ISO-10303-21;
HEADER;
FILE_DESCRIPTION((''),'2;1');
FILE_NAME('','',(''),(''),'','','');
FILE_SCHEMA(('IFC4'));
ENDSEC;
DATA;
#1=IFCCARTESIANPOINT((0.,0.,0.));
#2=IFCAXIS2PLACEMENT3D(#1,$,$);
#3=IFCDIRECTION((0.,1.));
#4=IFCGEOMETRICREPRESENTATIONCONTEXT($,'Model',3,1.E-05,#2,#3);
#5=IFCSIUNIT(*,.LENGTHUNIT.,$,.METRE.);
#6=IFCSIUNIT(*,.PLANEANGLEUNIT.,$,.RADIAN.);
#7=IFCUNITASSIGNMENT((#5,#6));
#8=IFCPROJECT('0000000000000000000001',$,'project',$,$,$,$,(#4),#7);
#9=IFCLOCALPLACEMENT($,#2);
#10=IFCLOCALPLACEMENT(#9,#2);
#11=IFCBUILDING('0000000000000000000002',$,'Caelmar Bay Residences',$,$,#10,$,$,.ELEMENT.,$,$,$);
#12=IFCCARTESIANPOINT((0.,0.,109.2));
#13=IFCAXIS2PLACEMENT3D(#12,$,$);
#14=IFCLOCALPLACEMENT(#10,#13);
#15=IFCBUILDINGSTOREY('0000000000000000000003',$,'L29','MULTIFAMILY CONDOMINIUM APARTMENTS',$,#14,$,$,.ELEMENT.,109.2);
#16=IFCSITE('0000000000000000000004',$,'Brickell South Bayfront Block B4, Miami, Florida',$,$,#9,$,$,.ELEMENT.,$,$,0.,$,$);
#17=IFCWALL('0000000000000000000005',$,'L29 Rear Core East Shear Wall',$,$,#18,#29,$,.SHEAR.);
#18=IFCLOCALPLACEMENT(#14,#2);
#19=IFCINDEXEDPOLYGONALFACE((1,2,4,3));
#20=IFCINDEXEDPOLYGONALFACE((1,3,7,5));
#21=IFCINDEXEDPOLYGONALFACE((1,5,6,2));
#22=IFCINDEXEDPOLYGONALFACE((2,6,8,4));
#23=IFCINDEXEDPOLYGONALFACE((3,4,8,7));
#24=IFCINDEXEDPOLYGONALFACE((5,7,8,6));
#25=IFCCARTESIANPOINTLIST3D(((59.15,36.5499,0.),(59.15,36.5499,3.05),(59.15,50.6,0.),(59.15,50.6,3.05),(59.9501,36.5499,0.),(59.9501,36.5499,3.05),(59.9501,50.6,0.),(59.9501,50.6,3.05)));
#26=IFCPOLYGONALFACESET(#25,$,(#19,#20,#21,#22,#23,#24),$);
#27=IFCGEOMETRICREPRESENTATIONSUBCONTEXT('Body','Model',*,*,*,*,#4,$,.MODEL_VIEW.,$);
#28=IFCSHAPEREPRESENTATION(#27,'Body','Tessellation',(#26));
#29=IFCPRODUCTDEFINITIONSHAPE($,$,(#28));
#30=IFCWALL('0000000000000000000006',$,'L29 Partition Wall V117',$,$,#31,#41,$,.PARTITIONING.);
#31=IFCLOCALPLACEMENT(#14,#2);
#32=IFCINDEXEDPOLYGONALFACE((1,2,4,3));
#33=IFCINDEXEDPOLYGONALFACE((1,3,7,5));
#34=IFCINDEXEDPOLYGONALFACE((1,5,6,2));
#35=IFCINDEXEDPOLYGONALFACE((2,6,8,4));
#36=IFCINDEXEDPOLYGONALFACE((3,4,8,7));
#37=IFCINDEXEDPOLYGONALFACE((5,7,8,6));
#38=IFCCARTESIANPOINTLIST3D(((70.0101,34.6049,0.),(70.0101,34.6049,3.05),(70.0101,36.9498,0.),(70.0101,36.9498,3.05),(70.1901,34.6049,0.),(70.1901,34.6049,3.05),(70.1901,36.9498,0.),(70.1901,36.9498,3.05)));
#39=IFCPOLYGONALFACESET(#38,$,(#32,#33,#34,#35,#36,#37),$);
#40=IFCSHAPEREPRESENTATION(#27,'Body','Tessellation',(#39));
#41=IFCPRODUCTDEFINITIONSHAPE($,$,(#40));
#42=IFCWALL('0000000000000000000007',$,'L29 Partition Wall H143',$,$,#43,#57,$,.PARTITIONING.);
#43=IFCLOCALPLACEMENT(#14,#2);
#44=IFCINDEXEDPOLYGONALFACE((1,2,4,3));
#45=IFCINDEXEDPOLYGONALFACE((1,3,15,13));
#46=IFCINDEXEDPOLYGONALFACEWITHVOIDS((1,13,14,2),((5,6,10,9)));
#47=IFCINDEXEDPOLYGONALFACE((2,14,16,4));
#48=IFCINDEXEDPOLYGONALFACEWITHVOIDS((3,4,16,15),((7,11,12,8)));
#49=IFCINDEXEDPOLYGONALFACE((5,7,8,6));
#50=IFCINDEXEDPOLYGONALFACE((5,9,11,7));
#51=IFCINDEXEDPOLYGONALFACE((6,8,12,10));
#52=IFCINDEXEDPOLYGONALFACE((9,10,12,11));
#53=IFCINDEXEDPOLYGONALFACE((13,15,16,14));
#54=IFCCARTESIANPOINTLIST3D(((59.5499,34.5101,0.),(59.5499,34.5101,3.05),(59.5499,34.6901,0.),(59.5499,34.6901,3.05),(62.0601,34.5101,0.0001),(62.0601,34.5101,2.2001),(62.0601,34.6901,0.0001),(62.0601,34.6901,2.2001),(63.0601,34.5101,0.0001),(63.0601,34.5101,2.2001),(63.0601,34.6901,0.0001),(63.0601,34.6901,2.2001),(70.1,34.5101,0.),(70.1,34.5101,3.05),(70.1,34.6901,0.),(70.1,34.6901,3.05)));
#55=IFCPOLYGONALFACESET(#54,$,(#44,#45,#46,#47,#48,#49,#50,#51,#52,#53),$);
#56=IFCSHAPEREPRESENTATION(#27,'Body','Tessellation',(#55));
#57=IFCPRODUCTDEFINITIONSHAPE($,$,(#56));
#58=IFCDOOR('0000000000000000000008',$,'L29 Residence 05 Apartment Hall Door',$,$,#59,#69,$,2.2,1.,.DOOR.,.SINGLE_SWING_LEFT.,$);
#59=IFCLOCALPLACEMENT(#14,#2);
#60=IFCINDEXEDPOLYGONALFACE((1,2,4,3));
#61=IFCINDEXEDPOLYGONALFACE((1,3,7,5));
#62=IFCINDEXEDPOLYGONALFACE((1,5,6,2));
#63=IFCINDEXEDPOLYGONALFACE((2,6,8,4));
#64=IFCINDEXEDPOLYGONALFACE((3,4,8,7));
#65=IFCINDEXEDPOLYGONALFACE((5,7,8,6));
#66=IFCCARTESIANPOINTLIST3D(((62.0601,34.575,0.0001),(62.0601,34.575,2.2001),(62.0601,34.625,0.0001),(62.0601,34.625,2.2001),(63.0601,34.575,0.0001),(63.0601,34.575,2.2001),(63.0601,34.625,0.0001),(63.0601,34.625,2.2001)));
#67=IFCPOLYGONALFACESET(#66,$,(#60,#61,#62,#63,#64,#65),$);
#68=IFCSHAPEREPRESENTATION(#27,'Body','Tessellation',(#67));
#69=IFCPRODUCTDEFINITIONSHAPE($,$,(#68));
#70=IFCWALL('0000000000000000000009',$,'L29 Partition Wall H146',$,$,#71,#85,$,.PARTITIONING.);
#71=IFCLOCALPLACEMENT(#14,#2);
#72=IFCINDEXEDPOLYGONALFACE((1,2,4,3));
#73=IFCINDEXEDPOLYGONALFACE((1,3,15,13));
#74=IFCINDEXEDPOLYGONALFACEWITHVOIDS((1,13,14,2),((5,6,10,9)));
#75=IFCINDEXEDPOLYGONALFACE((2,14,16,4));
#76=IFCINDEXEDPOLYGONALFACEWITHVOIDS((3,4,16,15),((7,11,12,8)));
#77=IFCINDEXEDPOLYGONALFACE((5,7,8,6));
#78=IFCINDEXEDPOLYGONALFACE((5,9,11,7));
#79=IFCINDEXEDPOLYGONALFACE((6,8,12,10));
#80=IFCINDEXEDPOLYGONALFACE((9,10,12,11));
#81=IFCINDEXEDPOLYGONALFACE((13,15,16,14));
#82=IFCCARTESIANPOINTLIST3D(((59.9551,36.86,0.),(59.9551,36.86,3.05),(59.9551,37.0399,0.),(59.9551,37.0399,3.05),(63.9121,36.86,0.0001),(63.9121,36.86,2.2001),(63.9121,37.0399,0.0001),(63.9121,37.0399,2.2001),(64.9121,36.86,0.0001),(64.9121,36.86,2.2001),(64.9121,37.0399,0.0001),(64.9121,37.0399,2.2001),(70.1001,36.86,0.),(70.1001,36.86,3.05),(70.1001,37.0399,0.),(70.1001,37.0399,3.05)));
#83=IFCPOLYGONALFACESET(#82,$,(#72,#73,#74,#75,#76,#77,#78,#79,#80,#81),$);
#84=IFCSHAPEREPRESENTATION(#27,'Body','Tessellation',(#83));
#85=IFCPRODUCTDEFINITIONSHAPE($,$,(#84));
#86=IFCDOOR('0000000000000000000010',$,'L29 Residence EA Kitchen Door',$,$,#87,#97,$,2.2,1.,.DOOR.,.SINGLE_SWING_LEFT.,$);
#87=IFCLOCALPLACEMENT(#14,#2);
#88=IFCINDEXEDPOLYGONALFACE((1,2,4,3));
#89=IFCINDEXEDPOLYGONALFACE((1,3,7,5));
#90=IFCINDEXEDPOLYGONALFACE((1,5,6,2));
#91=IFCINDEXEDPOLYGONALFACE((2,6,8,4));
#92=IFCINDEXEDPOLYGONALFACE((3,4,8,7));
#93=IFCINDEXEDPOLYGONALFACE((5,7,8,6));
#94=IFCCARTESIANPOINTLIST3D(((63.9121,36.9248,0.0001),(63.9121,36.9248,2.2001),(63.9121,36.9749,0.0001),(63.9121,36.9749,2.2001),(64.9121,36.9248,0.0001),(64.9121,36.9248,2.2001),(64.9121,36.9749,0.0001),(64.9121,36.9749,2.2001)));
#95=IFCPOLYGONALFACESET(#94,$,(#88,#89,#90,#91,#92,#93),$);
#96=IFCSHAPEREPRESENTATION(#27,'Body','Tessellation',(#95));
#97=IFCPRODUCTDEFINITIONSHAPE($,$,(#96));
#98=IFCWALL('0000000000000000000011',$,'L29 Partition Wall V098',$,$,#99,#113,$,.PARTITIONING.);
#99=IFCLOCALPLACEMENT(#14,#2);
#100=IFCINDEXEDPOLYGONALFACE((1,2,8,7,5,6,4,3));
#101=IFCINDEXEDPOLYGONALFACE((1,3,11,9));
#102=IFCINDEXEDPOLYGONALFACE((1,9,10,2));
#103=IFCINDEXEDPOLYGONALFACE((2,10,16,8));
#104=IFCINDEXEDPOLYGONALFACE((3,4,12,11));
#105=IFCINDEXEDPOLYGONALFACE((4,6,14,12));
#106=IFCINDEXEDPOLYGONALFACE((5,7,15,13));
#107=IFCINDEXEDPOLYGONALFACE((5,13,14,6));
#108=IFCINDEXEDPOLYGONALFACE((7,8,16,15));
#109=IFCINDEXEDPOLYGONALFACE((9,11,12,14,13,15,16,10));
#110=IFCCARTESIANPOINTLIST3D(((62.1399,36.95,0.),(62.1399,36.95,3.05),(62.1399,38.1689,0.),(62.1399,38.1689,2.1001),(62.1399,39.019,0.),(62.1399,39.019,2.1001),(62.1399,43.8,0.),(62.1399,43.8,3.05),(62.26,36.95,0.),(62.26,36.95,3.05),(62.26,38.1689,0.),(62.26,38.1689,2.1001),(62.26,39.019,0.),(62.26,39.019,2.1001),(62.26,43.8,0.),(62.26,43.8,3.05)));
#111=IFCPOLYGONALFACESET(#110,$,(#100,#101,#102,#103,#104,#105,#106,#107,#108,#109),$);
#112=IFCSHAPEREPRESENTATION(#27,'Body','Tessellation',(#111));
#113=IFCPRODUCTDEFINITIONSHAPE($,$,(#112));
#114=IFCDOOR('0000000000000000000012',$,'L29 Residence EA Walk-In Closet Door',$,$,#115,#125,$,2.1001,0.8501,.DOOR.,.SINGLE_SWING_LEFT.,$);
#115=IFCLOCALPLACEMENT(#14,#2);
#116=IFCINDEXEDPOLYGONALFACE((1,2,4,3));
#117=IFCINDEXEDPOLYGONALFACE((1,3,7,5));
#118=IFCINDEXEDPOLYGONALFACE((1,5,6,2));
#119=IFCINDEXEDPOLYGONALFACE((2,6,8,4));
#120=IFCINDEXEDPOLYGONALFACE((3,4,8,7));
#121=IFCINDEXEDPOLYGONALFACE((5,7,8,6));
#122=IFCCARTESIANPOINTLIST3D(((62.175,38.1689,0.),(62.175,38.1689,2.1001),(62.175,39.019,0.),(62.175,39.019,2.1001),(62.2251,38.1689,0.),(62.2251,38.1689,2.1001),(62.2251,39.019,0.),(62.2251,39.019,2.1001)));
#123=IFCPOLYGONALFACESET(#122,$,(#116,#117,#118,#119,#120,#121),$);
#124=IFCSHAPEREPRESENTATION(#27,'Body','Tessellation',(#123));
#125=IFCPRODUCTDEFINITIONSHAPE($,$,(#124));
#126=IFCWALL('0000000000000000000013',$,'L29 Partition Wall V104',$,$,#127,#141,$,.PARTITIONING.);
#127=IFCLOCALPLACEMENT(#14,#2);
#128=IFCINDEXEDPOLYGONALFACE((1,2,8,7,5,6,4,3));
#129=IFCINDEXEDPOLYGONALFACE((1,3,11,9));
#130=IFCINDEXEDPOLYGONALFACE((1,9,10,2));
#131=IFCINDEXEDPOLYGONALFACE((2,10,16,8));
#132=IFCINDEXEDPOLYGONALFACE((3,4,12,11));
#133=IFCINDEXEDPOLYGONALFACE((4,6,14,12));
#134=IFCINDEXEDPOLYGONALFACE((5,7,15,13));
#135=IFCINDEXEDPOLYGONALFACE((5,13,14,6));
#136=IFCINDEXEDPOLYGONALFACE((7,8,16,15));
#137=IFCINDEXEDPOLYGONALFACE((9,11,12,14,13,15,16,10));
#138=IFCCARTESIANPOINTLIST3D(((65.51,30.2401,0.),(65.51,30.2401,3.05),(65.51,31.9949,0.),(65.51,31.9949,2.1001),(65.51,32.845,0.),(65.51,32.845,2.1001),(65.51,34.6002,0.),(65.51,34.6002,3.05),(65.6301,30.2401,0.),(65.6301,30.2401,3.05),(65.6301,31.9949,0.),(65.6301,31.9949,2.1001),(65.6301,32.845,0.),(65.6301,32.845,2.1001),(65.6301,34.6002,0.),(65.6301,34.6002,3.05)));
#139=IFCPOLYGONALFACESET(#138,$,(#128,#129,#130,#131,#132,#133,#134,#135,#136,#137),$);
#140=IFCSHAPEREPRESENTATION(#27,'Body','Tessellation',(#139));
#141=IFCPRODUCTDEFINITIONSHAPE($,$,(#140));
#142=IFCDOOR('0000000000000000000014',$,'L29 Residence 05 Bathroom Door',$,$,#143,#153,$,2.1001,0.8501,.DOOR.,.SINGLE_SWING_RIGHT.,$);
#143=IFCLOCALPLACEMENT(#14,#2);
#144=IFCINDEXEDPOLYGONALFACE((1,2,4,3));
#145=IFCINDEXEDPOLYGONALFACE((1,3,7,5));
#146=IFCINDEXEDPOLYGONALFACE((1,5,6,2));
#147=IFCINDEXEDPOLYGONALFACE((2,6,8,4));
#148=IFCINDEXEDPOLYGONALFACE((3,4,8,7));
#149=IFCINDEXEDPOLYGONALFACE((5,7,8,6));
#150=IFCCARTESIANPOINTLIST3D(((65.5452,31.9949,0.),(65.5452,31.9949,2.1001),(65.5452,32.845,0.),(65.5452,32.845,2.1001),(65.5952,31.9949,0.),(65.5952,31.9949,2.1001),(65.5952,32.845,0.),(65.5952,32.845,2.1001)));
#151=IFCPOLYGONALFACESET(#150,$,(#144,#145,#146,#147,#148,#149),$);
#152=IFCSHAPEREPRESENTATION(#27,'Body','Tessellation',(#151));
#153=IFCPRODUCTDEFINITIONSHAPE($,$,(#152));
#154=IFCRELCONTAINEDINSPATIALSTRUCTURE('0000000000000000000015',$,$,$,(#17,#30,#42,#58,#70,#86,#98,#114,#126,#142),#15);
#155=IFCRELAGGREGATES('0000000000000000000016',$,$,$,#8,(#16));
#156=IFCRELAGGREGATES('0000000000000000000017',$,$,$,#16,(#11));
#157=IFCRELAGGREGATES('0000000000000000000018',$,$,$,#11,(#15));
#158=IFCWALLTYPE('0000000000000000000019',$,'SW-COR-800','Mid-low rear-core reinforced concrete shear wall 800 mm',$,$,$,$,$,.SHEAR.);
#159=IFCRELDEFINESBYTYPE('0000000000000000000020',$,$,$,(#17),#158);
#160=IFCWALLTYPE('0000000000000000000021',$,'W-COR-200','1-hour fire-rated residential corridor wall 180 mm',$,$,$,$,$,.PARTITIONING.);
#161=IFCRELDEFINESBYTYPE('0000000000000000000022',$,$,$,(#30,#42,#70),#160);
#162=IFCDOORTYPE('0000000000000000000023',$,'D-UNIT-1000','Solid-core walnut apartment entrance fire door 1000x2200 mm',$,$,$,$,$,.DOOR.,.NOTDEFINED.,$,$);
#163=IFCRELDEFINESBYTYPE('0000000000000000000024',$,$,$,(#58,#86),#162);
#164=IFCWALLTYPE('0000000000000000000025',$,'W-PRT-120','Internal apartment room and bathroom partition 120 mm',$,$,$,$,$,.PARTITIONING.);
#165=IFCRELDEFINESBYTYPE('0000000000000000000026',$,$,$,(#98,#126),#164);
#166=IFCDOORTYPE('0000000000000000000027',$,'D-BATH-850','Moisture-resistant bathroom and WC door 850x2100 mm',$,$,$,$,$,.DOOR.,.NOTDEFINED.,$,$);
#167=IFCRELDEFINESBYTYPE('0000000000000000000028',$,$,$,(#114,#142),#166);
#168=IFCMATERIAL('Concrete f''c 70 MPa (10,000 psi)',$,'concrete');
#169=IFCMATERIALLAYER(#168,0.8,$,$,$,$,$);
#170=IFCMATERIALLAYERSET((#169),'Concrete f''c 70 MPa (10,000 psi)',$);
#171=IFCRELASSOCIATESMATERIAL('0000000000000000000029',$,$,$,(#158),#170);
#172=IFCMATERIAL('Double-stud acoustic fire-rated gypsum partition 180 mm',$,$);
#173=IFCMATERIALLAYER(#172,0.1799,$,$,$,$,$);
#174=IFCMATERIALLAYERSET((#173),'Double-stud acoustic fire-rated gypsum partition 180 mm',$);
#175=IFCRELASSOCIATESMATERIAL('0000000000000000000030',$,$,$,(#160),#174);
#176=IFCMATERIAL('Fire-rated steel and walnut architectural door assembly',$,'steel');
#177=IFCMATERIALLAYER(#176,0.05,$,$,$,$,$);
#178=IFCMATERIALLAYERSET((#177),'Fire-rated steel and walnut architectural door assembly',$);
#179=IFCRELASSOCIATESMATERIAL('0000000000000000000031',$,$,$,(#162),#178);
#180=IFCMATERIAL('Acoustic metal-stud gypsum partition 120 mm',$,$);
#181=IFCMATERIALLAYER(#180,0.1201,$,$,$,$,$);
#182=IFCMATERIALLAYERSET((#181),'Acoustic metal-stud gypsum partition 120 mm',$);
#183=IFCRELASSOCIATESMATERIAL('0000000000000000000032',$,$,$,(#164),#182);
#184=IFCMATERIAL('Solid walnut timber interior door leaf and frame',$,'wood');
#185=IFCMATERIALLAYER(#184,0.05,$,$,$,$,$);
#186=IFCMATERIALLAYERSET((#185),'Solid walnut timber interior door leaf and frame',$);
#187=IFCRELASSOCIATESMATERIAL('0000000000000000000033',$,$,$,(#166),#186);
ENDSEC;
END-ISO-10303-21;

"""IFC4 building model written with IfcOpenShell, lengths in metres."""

from ifc_helpers import new_model, si_unit, direction, frame, frame_2d, origin, place, context, subcontext, project, spatial, rectangle, extrude, material, layer, layer_set, type_object, element, fill, save


model = new_model("IFC4")

# Units and contexts
model_context = context("Model", 3, precision=1e-05, world=origin(), true_north=direction((0.0, 1.0)))
body_context = subcontext(model_context, "Body", "Model", "MODEL_VIEW")
ifc_project = project(units=[si_unit("LENGTHUNIT", "METRE"), si_unit("PLANEANGLEUNIT", "RADIAN")], contexts=[model_context])

# Site, building, storey
site_placement = place(None, origin())
site = spatial("IfcSite", under=ifc_project, at=site_placement, Name="Brickell South Bayfront Block B4, Miami, Florida", CompositionType="ELEMENT", RefElevation=0.0)
building_placement = place(site_placement, origin())
building = spatial("IfcBuilding", under=site, at=building_placement, Name="Caelmar Bay Residences", CompositionType="ELEMENT")
storey_placement = place(building_placement, frame((0.0, 0.0, 109.2)))
storey = spatial("IfcBuildingStorey", under=building, at=storey_placement, Name="L29", Description="MULTIFAMILY CONDOMINIUM APARTMENTS", CompositionType="ELEMENT", Elevation=109.2)

# Walls
ifc_material_1 = material(Name="Concrete f'c 70 MPa (10,000 psi)", Category="concrete")
ifc_layer_1 = layer(ifc_material_1, 0.8)
ifc_layer_set_1 = layer_set([ifc_layer_1], Name="Concrete f'c 70 MPa (10,000 psi)")
wall_type_1 = type_object("IfcWallType", Name="SW-COR-800", Description="Mid-low rear-core reinforced concrete shear wall 800 mm", PredefinedType="SHEAR", material=ifc_layer_set_1)
wall_1_placement = place(storey_placement, frame((59.55, 36.55, 0.0), z_axis=(0.0, 0.0, 1.0), x_axis=(0.0, 1.0, 0.0)))
element("IfcWall", 1, at=wall_1_placement, inside=storey, type_object=wall_type_1, Name="L29 Rear Core East Shear Wall", PredefinedType="SHEAR", context=body_context, shape_type="SweptSolid", body=[
    extrude(rectangle(XDim=14.05, YDim=0.8, at=frame_2d((7.0249, 0.0))), origin(), (0.0, 0.0, 1.0), 3.05),
])
ifc_material_2 = material(Name="Double-stud acoustic fire-rated gypsum partition 180 mm")
ifc_layer_2 = layer(ifc_material_2, 0.1799)
ifc_layer_set_2 = layer_set([ifc_layer_2], Name="Double-stud acoustic fire-rated gypsum partition 180 mm")
wall_type_2 = type_object("IfcWallType", Name="W-COR-200", Description="1-hour fire-rated residential corridor wall 180 mm", PredefinedType="PARTITIONING", material=ifc_layer_set_2)
wall_2_placement = place(storey_placement, frame((70.1001, 34.605, 0.0), z_axis=(0.0, 0.0, 1.0), x_axis=(0.0, 1.0, 0.0)))
element("IfcWall", 2, at=wall_2_placement, inside=storey, type_object=wall_type_2, Name="L29 Partition Wall V117", PredefinedType="PARTITIONING", context=body_context, shape_type="SweptSolid", body=[
    extrude(rectangle(XDim=2.345, YDim=0.1799, at=frame_2d((1.1724, 0.0))), origin(), (0.0, 0.0, 1.0), 3.05),
])

# Walls, openings, doors
wall_3_placement = place(storey_placement, frame((59.55, 34.6001, 0.0), z_axis=(0.0, 0.0, 1.0), x_axis=(1.0, 0.0, 0.0)))
wall_3 = element("IfcWall", 3, at=wall_3_placement, inside=storey, type_object=wall_type_2, Name="L29 Partition Wall H143", PredefinedType="PARTITIONING", context=body_context, shape_type="SweptSolid", body=[
    extrude(rectangle(XDim=10.55, YDim=0.1799, at=frame_2d((5.2749, 0.0))), origin(), (0.0, 0.0, 1.0), 3.05),
])
opening_1_placement = place(wall_3_placement, frame((2.51, 0.0, 0.0)))
opening_1 = element("IfcOpeningElement", 4, at=opening_1_placement, cuts=wall_3, PredefinedType="OPENING", context=body_context, shape_type="SweptSolid", body=[
    extrude(rectangle(XDim=1.0, YDim=2.2, at=frame_2d((0.5, 1.1001))), frame((0.0, 0.0999, 0.0), z_axis=(0.0, -1.0, 0.0), x_axis=(1.0, 0.0, 0.0)), (0.0, 0.0, 1.0), 0.2),
])
ifc_material_3 = material(Name="Fire-rated steel and walnut architectural door assembly", Category="steel")
ifc_layer_3 = layer(ifc_material_3, 0.05)
ifc_layer_set_3 = layer_set([ifc_layer_3], Name="Fire-rated steel and walnut architectural door assembly")
door_type_1 = type_object("IfcDoorType", Name="D-UNIT-1000", Description="Solid-core walnut apartment entrance fire door 1000x2200 mm", OperationType="NOTDEFINED", PredefinedType="DOOR", material=ifc_layer_set_3)
door_1_placement = place(opening_1_placement, origin())
door_1 = element("IfcDoor", 5, at=door_1_placement, inside=storey, type_object=door_type_1, Name="L29 Residence 05 Apartment Hall Door", OperationType="SINGLE_SWING_LEFT", OverallHeight=2.2, OverallWidth=1.0, PredefinedType="DOOR", context=body_context, shape_type="SweptSolid", body=[
    extrude(rectangle(XDim=1.0, YDim=2.2, at=frame_2d((0.5, 1.1001))), frame((0.0, 0.0249, 0.0), z_axis=(0.0, -1.0, 0.0), x_axis=(1.0, 0.0, 0.0)), (0.0, 0.0, 1.0), 0.05),
])
fill(opening_1, door_1)
wall_4_placement = place(storey_placement, frame((59.9551, 36.95, 0.0), z_axis=(0.0, 0.0, 1.0), x_axis=(1.0, 0.0, 0.0)))
wall_4 = element("IfcWall", 6, at=wall_4_placement, inside=storey, type_object=wall_type_2, Name="L29 Partition Wall H146", PredefinedType="PARTITIONING", context=body_context, shape_type="SweptSolid", body=[
    extrude(rectangle(XDim=10.145, YDim=0.1799, at=frame_2d((5.0725, 0.0))), origin(), (0.0, 0.0, 1.0), 3.05),
])
opening_2_placement = place(wall_4_placement, frame((3.957, 0.0, 0.0)))
opening_2 = element("IfcOpeningElement", 7, at=opening_2_placement, cuts=wall_4, PredefinedType="OPENING", context=body_context, shape_type="SweptSolid", body=[
    extrude(rectangle(XDim=1.0, YDim=2.2, at=frame_2d((0.5, 1.1001))), frame((0.0, 0.0999, 0.0), z_axis=(0.0, -1.0, 0.0), x_axis=(1.0, 0.0, 0.0)), (0.0, 0.0, 1.0), 0.2),
])
door_2_placement = place(opening_2_placement, origin())
door_2 = element("IfcDoor", 8, at=door_2_placement, inside=storey, type_object=door_type_1, Name="L29 Residence EA Kitchen Door", OperationType="SINGLE_SWING_LEFT", OverallHeight=2.2, OverallWidth=1.0, PredefinedType="DOOR", context=body_context, shape_type="SweptSolid", body=[
    extrude(rectangle(XDim=1.0, YDim=2.2, at=frame_2d((0.5, 1.1001))), frame((0.0, 0.0249, 0.0), z_axis=(0.0, -1.0, 0.0), x_axis=(1.0, 0.0, 0.0)), (0.0, 0.0, 1.0), 0.05),
])
fill(opening_2, door_2)
ifc_material_4 = material(Name="Acoustic metal-stud gypsum partition 120 mm")
ifc_layer_4 = layer(ifc_material_4, 0.1201)
ifc_layer_set_4 = layer_set([ifc_layer_4], Name="Acoustic metal-stud gypsum partition 120 mm")
wall_type_3 = type_object("IfcWallType", Name="W-PRT-120", Description="Internal apartment room and bathroom partition 120 mm", PredefinedType="PARTITIONING", material=ifc_layer_set_4)
wall_5_placement = place(storey_placement, frame((62.2, 36.95, 0.0), z_axis=(0.0, 0.0, 1.0), x_axis=(0.0, 1.0, 0.0)))
wall_5 = element("IfcWall", 9, at=wall_5_placement, inside=storey, type_object=wall_type_3, Name="L29 Partition Wall V098", PredefinedType="PARTITIONING", context=body_context, shape_type="SweptSolid", body=[
    extrude(rectangle(XDim=6.8501, YDim=0.1201, at=frame_2d((3.425, 0.0))), origin(), (0.0, 0.0, 1.0), 3.05),
])
opening_3_placement = place(wall_5_placement, frame((1.219, 0.0, 0.0)))
opening_3 = element("IfcOpeningElement", 10, at=opening_3_placement, cuts=wall_5, PredefinedType="OPENING", context=body_context, shape_type="SweptSolid", body=[
    extrude(rectangle(XDim=0.8501, YDim=2.1001, at=frame_2d((0.425, 1.05))), frame((0.0, 0.0701, 0.0), z_axis=(0.0, -1.0, 0.0), x_axis=(1.0, 0.0, 0.0)), (0.0, 0.0, 1.0), 0.1401),
])
ifc_material_5 = material(Name="Solid walnut timber interior door leaf and frame", Category="wood")
ifc_layer_5 = layer(ifc_material_5, 0.05)
ifc_layer_set_5 = layer_set([ifc_layer_5], Name="Solid walnut timber interior door leaf and frame")
door_type_2 = type_object("IfcDoorType", Name="D-BATH-850", Description="Moisture-resistant bathroom and WC door 850x2100 mm", OperationType="NOTDEFINED", PredefinedType="DOOR", material=ifc_layer_set_5)
door_3_placement = place(opening_3_placement, origin())
door_3 = element("IfcDoor", 11, at=door_3_placement, inside=storey, type_object=door_type_2, Name="L29 Residence EA Walk-In Closet Door", OperationType="SINGLE_SWING_LEFT", OverallHeight=2.1001, OverallWidth=0.8501, PredefinedType="DOOR", context=body_context, shape_type="SweptSolid", body=[
    extrude(rectangle(XDim=0.8501, YDim=2.1001, at=frame_2d((0.425, 1.05))), frame((0.0, 0.0249, 0.0), z_axis=(0.0, -1.0, 0.0), x_axis=(1.0, 0.0, 0.0)), (0.0, 0.0, 1.0), 0.05),
])
fill(opening_3, door_3)
wall_6_placement = place(storey_placement, frame((65.5701, 30.24, 0.0), z_axis=(0.0, 0.0, 1.0), x_axis=(0.0, 1.0, 0.0)))
wall_6 = element("IfcWall", 12, at=wall_6_placement, inside=storey, type_object=wall_type_3, Name="L29 Partition Wall V104", PredefinedType="PARTITIONING", context=body_context, shape_type="SweptSolid", body=[
    extrude(rectangle(XDim=4.3601, YDim=0.1201, at=frame_2d((2.1802, 0.0))), origin(), (0.0, 0.0, 1.0), 3.05),
])
opening_4_placement = place(wall_6_placement, frame((1.7549, 0.0, 0.0)))
opening_4 = element("IfcOpeningElement", 13, at=opening_4_placement, cuts=wall_6, PredefinedType="OPENING", context=body_context, shape_type="SweptSolid", body=[
    extrude(rectangle(XDim=0.8501, YDim=2.1001, at=frame_2d((0.425, 1.05))), frame((0.0, 0.0701, 0.0), z_axis=(0.0, -1.0, 0.0), x_axis=(1.0, 0.0, 0.0)), (0.0, 0.0, 1.0), 0.1401),
])
door_4_placement = place(opening_4_placement, origin())
door_4 = element("IfcDoor", 14, at=door_4_placement, inside=storey, type_object=door_type_2, Name="L29 Residence 05 Bathroom Door", OperationType="SINGLE_SWING_RIGHT", OverallHeight=2.1001, OverallWidth=0.8501, PredefinedType="DOOR", context=body_context, shape_type="SweptSolid", body=[
    extrude(rectangle(XDim=0.8501, YDim=2.1001, at=frame_2d((0.425, 1.05))), frame((0.0, 0.0249, 0.0), z_axis=(0.0, -1.0, 0.0), x_axis=(1.0, 0.0, 0.0)), (0.0, 0.0, 1.0), 0.05),
])
fill(opening_4, door_4)

save(model, "model.ifc")
